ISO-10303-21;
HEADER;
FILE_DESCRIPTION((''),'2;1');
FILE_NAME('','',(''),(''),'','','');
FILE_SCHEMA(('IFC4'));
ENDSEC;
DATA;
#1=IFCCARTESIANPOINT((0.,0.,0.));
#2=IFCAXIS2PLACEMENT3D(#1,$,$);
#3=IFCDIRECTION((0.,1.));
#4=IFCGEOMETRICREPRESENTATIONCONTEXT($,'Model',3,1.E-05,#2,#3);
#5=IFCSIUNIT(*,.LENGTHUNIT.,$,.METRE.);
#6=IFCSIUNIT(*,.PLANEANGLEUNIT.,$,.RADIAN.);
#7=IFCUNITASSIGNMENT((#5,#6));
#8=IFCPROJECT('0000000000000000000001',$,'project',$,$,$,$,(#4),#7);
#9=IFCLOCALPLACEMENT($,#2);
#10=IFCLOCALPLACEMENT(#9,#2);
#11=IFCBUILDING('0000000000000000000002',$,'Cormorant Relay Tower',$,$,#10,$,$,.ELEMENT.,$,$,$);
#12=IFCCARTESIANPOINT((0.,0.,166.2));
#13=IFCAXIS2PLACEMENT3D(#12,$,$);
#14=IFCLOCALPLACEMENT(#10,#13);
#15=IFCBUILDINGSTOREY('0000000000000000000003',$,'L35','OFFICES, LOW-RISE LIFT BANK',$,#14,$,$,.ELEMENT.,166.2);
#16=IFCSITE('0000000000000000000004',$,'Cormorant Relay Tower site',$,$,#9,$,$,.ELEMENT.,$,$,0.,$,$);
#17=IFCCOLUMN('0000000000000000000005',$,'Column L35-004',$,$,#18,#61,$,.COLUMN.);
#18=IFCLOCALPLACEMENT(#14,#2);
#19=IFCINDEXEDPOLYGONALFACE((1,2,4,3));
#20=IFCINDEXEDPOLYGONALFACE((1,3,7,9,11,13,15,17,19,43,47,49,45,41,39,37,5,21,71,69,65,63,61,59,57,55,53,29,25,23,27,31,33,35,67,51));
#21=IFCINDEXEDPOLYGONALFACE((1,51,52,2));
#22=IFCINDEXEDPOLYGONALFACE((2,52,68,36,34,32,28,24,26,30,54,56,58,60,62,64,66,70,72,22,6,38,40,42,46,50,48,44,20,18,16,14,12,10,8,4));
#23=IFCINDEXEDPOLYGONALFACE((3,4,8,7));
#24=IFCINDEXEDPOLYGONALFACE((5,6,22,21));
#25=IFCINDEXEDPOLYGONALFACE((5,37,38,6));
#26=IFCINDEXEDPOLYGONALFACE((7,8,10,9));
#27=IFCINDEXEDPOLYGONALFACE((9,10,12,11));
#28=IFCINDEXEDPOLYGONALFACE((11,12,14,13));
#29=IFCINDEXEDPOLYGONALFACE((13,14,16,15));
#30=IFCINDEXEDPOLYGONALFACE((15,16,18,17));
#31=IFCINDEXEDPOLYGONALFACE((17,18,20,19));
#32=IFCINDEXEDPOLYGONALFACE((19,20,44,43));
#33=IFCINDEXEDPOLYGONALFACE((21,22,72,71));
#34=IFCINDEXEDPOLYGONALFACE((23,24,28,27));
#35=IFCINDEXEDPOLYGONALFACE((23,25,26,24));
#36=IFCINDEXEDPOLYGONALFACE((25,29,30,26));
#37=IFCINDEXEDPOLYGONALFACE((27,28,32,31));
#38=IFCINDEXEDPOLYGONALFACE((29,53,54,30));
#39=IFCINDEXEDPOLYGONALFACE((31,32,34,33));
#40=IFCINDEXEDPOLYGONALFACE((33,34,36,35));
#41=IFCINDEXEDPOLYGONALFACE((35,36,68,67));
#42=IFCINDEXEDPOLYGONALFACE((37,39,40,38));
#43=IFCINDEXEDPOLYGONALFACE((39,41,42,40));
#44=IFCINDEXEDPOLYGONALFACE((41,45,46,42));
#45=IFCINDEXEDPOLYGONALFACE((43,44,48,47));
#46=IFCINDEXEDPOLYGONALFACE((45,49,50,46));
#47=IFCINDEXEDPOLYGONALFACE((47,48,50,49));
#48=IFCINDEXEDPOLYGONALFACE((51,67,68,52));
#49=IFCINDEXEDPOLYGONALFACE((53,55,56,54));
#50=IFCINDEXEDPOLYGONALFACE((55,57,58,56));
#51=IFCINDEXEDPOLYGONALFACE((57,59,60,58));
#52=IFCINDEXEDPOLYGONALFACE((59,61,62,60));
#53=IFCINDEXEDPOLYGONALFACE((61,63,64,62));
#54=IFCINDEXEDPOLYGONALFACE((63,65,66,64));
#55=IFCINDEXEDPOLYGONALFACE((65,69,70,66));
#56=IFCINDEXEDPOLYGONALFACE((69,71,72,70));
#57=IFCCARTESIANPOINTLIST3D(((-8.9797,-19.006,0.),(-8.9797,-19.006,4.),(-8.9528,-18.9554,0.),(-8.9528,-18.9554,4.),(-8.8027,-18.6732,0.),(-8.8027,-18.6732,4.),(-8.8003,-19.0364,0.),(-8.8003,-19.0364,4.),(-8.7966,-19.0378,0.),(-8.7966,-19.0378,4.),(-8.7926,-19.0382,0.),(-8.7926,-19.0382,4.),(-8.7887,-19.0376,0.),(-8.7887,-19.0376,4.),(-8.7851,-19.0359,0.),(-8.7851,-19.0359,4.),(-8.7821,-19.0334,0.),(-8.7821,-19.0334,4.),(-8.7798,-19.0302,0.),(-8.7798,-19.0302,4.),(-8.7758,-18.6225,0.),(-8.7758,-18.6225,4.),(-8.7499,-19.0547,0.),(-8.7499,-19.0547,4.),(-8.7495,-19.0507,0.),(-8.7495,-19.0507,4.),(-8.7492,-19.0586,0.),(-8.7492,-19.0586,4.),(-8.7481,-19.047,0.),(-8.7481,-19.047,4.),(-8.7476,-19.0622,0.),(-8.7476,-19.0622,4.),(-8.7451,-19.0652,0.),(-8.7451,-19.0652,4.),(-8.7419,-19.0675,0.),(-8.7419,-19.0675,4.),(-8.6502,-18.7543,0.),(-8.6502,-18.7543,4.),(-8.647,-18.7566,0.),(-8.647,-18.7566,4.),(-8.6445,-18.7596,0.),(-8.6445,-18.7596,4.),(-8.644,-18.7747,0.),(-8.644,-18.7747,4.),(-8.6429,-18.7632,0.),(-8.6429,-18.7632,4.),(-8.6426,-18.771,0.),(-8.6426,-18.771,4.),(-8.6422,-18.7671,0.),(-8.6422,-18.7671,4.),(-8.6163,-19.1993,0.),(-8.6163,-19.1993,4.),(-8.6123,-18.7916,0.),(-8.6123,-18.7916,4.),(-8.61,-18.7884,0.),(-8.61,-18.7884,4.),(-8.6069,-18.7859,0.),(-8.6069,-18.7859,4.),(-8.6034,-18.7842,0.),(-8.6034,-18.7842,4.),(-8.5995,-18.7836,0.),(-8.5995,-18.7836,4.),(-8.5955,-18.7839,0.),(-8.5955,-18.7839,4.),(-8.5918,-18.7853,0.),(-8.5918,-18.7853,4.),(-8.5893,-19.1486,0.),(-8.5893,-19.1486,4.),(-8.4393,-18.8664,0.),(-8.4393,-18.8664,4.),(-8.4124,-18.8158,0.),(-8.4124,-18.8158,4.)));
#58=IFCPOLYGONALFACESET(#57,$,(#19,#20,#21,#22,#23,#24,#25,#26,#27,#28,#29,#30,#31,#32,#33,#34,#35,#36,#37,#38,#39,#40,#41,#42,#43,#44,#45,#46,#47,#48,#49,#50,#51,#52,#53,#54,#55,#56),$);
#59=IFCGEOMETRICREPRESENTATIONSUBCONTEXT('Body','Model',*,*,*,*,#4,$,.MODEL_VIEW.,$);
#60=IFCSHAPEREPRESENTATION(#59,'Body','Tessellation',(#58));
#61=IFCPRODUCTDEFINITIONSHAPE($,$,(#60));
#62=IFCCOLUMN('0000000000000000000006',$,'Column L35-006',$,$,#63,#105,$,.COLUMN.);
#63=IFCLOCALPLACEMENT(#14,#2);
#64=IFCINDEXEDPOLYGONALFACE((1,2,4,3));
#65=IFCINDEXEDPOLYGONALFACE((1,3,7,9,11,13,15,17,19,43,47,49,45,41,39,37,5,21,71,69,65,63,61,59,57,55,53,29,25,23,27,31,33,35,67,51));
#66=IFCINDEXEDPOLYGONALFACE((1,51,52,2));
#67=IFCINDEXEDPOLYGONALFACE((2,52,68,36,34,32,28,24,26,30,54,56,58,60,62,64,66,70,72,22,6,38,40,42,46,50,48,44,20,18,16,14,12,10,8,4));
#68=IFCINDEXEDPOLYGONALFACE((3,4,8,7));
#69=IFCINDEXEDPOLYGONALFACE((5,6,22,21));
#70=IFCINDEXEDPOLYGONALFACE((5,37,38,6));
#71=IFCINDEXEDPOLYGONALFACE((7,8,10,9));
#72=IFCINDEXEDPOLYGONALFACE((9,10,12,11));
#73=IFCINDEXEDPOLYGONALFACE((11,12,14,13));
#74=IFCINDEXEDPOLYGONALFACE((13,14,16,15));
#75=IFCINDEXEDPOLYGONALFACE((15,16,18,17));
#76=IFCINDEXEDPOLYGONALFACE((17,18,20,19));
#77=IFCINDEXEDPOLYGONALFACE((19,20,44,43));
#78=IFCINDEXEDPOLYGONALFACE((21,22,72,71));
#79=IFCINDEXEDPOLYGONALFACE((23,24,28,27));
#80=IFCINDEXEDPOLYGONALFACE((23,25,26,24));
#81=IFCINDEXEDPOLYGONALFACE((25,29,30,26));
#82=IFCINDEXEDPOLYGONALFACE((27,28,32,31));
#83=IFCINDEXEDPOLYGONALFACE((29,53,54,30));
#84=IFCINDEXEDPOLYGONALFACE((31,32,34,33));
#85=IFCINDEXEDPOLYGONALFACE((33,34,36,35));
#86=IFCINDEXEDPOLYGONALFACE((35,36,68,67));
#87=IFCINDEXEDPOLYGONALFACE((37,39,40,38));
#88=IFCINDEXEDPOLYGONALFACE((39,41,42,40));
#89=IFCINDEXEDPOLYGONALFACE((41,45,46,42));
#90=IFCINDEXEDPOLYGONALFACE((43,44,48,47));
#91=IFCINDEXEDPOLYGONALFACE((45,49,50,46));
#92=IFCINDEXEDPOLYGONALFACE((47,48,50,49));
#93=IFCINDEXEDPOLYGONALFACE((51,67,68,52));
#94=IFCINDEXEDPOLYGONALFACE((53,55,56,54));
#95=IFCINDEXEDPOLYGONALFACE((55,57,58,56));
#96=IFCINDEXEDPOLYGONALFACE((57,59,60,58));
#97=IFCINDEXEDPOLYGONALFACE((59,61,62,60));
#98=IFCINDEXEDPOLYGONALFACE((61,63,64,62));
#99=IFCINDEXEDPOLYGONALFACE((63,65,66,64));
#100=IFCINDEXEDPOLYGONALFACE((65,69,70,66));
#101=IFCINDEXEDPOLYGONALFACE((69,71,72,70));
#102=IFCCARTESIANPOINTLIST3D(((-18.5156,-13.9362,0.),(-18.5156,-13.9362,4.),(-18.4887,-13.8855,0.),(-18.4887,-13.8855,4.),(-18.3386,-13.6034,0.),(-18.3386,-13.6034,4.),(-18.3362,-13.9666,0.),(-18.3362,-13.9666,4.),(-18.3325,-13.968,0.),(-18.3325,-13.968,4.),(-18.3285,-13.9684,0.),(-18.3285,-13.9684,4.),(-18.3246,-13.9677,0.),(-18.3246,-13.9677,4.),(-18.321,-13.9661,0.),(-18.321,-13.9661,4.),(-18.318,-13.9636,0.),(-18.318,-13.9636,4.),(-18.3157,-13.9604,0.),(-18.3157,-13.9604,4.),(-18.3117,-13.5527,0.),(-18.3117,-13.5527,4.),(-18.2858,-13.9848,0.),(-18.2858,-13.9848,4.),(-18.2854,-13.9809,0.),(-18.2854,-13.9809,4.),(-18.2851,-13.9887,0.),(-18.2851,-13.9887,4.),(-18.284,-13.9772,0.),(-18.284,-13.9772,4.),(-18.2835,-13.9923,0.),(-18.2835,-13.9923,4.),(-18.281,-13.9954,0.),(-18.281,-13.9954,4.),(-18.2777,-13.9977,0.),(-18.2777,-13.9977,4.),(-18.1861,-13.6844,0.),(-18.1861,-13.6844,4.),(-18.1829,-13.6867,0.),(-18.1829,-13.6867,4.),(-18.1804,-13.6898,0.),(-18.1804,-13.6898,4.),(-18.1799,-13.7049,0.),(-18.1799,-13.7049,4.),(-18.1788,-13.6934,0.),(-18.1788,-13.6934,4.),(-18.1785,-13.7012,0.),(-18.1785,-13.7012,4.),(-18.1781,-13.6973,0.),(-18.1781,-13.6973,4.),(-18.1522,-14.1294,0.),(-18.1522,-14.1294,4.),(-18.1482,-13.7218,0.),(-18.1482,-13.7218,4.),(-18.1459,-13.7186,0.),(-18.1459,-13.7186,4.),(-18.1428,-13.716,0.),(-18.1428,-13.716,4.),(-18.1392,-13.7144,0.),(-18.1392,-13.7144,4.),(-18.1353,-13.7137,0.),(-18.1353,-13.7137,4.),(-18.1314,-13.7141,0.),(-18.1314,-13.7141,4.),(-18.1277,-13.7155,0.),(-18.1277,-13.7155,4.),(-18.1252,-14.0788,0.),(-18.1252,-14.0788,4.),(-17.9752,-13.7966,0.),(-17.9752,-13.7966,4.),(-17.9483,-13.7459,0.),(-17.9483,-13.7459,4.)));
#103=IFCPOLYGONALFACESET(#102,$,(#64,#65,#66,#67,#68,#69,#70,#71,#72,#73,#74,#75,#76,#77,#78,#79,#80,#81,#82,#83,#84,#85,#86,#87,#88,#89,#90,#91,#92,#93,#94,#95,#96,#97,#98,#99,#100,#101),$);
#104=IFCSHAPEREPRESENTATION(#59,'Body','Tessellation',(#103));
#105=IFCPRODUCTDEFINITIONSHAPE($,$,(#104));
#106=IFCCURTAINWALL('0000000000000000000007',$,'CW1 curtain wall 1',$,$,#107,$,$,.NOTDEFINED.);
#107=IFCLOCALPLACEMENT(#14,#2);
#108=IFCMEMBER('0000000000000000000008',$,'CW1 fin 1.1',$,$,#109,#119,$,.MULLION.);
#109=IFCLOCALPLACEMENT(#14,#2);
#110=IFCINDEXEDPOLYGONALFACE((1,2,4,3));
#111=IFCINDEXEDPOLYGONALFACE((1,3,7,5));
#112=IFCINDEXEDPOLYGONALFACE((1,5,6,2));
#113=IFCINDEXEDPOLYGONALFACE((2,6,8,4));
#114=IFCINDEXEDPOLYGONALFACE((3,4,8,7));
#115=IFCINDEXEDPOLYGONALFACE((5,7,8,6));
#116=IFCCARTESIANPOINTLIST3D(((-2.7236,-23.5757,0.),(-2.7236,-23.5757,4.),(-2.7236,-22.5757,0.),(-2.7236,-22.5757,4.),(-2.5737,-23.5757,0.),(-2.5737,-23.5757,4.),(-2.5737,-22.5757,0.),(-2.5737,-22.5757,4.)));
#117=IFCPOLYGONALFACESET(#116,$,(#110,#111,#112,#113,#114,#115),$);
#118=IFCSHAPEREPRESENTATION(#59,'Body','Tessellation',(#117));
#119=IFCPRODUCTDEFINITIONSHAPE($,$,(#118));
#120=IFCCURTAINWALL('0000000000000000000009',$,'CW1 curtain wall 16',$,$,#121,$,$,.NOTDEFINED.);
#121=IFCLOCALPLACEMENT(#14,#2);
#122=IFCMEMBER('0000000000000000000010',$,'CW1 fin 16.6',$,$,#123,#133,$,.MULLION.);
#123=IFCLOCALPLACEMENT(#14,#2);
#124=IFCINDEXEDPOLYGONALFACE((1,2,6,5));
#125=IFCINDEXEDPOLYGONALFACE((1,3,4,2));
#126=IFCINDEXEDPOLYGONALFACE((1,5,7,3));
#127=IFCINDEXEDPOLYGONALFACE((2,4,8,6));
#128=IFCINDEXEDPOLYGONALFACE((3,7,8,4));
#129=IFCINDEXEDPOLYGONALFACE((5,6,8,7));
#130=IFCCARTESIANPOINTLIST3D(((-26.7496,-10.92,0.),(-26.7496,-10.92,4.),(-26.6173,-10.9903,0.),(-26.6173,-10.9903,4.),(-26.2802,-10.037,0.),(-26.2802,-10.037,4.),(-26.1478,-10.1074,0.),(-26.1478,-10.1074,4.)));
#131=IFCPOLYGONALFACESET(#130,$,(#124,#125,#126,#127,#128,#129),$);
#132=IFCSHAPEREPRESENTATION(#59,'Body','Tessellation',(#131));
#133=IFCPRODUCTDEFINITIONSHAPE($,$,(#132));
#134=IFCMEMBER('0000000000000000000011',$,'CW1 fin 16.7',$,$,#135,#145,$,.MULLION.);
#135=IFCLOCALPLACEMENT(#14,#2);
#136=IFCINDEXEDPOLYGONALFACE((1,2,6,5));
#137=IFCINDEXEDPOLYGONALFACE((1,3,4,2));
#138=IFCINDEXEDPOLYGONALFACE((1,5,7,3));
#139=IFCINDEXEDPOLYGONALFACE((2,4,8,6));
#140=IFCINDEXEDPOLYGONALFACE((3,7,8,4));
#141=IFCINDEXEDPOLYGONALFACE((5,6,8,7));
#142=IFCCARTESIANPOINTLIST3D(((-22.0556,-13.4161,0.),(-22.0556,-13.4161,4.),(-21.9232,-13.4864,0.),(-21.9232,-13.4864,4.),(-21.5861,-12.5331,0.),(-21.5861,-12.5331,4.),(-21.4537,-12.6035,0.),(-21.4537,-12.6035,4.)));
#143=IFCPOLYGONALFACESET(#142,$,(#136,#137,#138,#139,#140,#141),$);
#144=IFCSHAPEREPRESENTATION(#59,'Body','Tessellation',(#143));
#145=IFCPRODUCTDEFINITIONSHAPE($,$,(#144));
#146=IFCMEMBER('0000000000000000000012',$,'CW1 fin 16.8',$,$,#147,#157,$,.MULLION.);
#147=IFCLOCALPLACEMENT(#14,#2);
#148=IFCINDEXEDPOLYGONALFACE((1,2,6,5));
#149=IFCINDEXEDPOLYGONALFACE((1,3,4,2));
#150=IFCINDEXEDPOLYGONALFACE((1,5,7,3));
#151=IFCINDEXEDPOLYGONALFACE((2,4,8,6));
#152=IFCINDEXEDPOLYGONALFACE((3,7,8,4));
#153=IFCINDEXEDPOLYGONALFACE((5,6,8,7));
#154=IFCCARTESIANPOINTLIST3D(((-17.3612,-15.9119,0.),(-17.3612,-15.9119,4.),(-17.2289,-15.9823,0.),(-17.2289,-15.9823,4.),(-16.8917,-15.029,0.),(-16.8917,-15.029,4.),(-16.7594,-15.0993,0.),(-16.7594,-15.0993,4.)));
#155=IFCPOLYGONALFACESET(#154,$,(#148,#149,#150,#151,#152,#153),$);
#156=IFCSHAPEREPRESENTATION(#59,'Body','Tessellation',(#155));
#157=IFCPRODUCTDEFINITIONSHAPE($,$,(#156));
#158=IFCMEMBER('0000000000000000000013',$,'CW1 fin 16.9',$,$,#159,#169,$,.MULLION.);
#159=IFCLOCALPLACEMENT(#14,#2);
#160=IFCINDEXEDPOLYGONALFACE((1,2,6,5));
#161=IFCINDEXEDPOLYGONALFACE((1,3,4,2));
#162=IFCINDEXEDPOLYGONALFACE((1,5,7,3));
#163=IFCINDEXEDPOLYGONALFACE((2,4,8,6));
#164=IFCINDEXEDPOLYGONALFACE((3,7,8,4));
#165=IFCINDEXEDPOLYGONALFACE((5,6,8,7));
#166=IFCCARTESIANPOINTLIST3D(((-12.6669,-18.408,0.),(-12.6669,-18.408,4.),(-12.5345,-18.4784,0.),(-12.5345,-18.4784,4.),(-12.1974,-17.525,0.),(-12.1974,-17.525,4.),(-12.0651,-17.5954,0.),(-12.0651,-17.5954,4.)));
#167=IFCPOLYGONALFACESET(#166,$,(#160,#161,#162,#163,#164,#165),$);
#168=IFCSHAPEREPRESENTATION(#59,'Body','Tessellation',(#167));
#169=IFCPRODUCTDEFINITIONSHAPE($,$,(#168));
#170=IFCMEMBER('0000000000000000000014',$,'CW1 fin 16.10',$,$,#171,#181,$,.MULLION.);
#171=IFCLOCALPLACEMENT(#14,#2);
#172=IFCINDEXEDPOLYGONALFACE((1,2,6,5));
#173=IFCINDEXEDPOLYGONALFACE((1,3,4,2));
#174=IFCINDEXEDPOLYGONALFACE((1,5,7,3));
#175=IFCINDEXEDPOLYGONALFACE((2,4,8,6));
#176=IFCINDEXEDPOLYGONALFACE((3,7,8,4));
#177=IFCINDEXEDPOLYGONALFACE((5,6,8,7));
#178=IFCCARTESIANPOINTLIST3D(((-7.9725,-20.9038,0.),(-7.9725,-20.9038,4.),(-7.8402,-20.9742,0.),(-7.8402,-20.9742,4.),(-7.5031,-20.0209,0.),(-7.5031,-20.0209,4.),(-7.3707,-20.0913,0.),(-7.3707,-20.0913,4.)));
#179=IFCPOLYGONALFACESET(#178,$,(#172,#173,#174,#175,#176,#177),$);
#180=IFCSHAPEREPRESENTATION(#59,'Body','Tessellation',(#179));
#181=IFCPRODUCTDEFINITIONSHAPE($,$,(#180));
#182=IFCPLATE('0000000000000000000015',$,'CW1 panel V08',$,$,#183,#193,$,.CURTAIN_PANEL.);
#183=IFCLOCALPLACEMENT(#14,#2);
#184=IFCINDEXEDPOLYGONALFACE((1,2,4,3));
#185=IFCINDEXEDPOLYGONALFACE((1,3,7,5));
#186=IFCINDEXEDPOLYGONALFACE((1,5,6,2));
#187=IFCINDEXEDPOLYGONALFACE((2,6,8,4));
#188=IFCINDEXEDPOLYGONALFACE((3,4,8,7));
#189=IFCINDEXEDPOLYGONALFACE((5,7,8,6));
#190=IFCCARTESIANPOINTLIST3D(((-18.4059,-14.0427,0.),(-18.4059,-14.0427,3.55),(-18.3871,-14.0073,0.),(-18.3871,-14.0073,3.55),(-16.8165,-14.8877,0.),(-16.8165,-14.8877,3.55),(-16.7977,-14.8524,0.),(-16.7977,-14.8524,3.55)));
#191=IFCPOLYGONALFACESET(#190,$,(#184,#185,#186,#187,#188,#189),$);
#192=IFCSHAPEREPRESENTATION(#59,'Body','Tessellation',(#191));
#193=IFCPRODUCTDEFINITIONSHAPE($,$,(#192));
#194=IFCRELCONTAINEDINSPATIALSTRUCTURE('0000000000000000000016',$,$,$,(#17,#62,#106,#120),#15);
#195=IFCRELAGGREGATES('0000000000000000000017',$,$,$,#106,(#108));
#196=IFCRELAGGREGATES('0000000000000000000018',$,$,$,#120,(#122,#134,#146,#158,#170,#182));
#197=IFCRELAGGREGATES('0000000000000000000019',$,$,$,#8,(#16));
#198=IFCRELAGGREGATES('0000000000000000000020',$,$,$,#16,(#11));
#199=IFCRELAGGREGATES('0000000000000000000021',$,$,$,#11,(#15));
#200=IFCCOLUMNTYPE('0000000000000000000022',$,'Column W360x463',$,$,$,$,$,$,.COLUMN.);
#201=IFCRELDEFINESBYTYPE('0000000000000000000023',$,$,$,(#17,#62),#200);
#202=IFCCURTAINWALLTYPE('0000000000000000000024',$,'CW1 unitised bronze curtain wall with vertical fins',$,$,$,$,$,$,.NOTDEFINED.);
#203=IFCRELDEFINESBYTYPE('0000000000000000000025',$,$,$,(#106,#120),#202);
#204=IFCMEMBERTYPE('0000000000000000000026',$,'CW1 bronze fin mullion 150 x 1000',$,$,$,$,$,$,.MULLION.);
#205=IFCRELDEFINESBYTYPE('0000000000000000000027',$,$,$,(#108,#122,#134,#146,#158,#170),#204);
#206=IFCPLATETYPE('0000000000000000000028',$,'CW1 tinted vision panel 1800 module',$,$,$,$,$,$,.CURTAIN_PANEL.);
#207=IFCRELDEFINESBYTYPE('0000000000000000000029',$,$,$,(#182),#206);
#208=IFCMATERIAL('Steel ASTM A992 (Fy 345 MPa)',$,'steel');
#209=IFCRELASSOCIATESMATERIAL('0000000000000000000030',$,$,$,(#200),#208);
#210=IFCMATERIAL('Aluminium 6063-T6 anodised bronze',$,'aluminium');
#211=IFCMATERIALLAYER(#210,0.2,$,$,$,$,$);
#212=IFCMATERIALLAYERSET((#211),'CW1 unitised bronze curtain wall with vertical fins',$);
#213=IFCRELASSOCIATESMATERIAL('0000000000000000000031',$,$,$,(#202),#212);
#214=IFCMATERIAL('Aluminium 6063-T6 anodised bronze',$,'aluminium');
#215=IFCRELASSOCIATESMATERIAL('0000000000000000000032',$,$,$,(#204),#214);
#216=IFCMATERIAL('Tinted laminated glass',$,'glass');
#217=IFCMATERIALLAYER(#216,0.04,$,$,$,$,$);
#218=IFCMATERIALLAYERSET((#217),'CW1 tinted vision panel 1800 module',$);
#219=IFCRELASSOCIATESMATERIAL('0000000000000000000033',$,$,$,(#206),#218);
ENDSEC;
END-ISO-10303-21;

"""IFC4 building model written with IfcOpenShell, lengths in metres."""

from ifc_helpers import new_model, si_unit, direction, frame, origin, origin_2d, place, context, subcontext, project, spatial, rectangle, i_section, extrude, material, layer, layer_set, material_profile, profile_set, type_object, element, aggregate, save


model = new_model("IFC4")

# Units and contexts
model_context = context("Model", 3, precision=1e-05, world=origin(), true_north=direction((0.0, 1.0)))
body_context = subcontext(model_context, "Body", "Model", "MODEL_VIEW")
ifc_project = project(units=[si_unit("LENGTHUNIT", "METRE"), si_unit("PLANEANGLEUNIT", "RADIAN")], contexts=[model_context])

# Site, building, storey
site_placement = place(None, origin())
site = spatial("IfcSite", under=ifc_project, at=site_placement, Name="Cormorant Relay Tower site", CompositionType="ELEMENT", RefElevation=0.0)
building_placement = place(site_placement, origin())
building = spatial("IfcBuilding", under=site, at=building_placement, Name="Cormorant Relay Tower", CompositionType="ELEMENT")
storey_placement = place(building_placement, frame((0.0, 0.0, 166.2)))
storey = spatial("IfcBuildingStorey", under=building, at=storey_placement, Name="L35", Description="OFFICES, LOW-RISE LIFT BANK", CompositionType="ELEMENT", Elevation=166.2)

# Columns
ifc_material_1 = material(Name="Steel ASTM A992 (Fy 345 MPa)", Category="steel")
ifc_material_profile_1 = material_profile(ifc_material_1, i_section(OverallWidth=0.4116, OverallDepth=0.4343, WebThickness=0.0359, FlangeThickness=0.0574, FilletRadius=0.0151, at=origin_2d()), Name="W360x463")
ifc_profile_set_1 = profile_set([ifc_material_profile_1], Name="Steel ASTM A992 (Fy 345 MPa)")
column_type = type_object("IfcColumnType", Name="Column W360x463", PredefinedType="COLUMN", material=ifc_profile_set_1)
for number, where, z_axis, x_axis, name in (
    (1, (-8.696, -18.9109, 0.0), (0.0, 0.0, 1.0), (0.882948, -0.469472, 0.0), "Column L35-004"),
    (2, (-18.2319, -13.8411, 0.0), (0.0, 0.0, 1.0), (0.882948, -0.469472, 0.0), "Column L35-006"),
):
    element("IfcColumn", number, at=place(storey_placement, frame(where, z_axis=z_axis, x_axis=x_axis)), inside=storey, type_object=column_type, Name=name, PredefinedType="COLUMN", context=body_context, shape_type="SweptSolid", body=[
        extrude(i_section(OverallWidth=0.4116, OverallDepth=0.4343, WebThickness=0.0359, FlangeThickness=0.0574, FilletRadius=0.0151, at=origin_2d()), origin(), (0.0, 0.0, 1.0), 4.0),
    ])

# Curtain wall, member
ifc_material_2 = material(Name="Aluminium 6063-T6 anodised bronze", Category="aluminium")
ifc_layer_1 = layer(ifc_material_2, 0.2)
ifc_layer_set_1 = layer_set([ifc_layer_1], Name="CW1 unitised bronze curtain wall with vertical fins")
curtain_wall_type = type_object("IfcCurtainWallType", Name="CW1 unitised bronze curtain wall with vertical fins", PredefinedType="NOTDEFINED", material=ifc_layer_set_1)
curtain_wall_1_placement = place(storey_placement, origin())
curtain_wall_1 = element("IfcCurtainWall", 3, at=curtain_wall_1_placement, inside=storey, type_object=curtain_wall_type, Name="CW1 curtain wall 1", PredefinedType="NOTDEFINED")
ifc_material_3 = material(Name="Aluminium 6063-T6 anodised bronze", Category="aluminium")
ifc_material_profile_2 = material_profile(ifc_material_3, rectangle(XDim=0.1499, YDim=1.0, at=origin_2d()), Name="AL 150x1000")
ifc_profile_set_2 = profile_set([ifc_material_profile_2], Name="Aluminium 6063-T6 anodised bronze")
member_type = type_object("IfcMemberType", Name="CW1 bronze fin mullion 150 x 1000", PredefinedType="MULLION", material=ifc_profile_set_2)
member_1_placement = place(storey_placement, frame((-2.6487, -23.0757, 0.0), z_axis=(0.0, 0.0, 1.0), x_axis=(1.0, 0.0, 0.0)))
member_1 = element("IfcMember", 4, at=member_1_placement, type_object=member_type, Name="CW1 fin 1.1", PredefinedType="MULLION", context=body_context, shape_type="SweptSolid", body=[
    extrude(rectangle(XDim=0.1499, YDim=1.0, at=origin_2d()), origin(), (0.0, 0.0, 1.0), 4.0),
])
aggregate(curtain_wall_1, [member_1])

# Curtain wall, members, plate
curtain_wall_2_placement = place(storey_placement, origin())
curtain_wall_2 = element("IfcCurtainWall", 5, at=curtain_wall_2_placement, inside=storey, type_object=curtain_wall_type, Name="CW1 curtain wall 16", PredefinedType="NOTDEFINED")
member_2_placement = place(storey_placement, frame((-26.4487, -10.5137, 0.0), z_axis=(0.0, 0.0, 1.0), x_axis=(0.882948, -0.469472, 0.0)))
member_2 = element("IfcMember", 6, at=member_2_placement, type_object=member_type, Name="CW1 fin 16.6", PredefinedType="MULLION", context=body_context, shape_type="SweptSolid", body=[
    extrude(rectangle(XDim=0.1499, YDim=1.0, at=origin_2d()), origin(), (0.0, 0.0, 1.0), 4.0),
])
member_3_placement = place(storey_placement, frame((-21.7546, -13.0098, 0.0), z_axis=(0.0, 0.0, 1.0), x_axis=(0.882948, -0.469472, 0.0)))
member_3 = element("IfcMember", 7, at=member_3_placement, type_object=member_type, Name="CW1 fin 16.7", PredefinedType="MULLION", context=body_context, shape_type="SweptSolid", body=[
    extrude(rectangle(XDim=0.1499, YDim=1.0, at=origin_2d()), origin(), (0.0, 0.0, 1.0), 4.0),
])
member_4_placement = place(storey_placement, frame((-17.0603, -15.5056, 0.0), z_axis=(0.0, 0.0, 1.0), x_axis=(0.882948, -0.469472, 0.0)))
member_4 = element("IfcMember", 8, at=member_4_placement, type_object=member_type, Name="CW1 fin 16.8", PredefinedType="MULLION", context=body_context, shape_type="SweptSolid", body=[
    extrude(rectangle(XDim=0.1499, YDim=1.0, at=origin_2d()), origin(), (0.0, 0.0, 1.0), 4.0),
])
member_5_placement = place(storey_placement, frame((-12.366, -18.0017, 0.0), z_axis=(0.0, 0.0, 1.0), x_axis=(0.882948, -0.469472, 0.0)))
member_5 = element("IfcMember", 9, at=member_5_placement, type_object=member_type, Name="CW1 fin 16.9", PredefinedType="MULLION", context=body_context, shape_type="SweptSolid", body=[
    extrude(rectangle(XDim=0.1499, YDim=1.0, at=origin_2d()), origin(), (0.0, 0.0, 1.0), 4.0),
])
member_6_placement = place(storey_placement, frame((-7.6716, -20.4976, 0.0), z_axis=(0.0, 0.0, 1.0), x_axis=(0.882948, -0.469472, 0.0)))
member_6 = element("IfcMember", 10, at=member_6_placement, type_object=member_type, Name="CW1 fin 16.10", PredefinedType="MULLION", context=body_context, shape_type="SweptSolid", body=[
    extrude(rectangle(XDim=0.1499, YDim=1.0, at=origin_2d()), origin(), (0.0, 0.0, 1.0), 4.0),
])
ifc_material_4 = material(Name="Tinted laminated glass", Category="glass")
ifc_layer_2 = layer(ifc_material_4, 0.04)
ifc_layer_set_2 = layer_set([ifc_layer_2], Name="CW1 tinted vision panel 1800 module")
plate_type_1 = type_object("IfcPlateType", Name="CW1 tinted vision panel 1800 module", PredefinedType="CURTAIN_PANEL", material=ifc_layer_set_2)
plate_1_placement = place(storey_placement, frame((-17.6018, -14.4475, 0.0), z_axis=(0.0, 0.0, 1.0), x_axis=(0.882948, -0.469472, 0.0)))
plate_1 = element("IfcPlate", 11, at=plate_1_placement, type_object=plate_type_1, Name="CW1 panel V08", PredefinedType="CURTAIN_PANEL", context=body_context, shape_type="SweptSolid", body=[
    extrude(rectangle(XDim=1.8, YDim=0.04, at=origin_2d()), origin(), (0.0, 0.0, 1.0), 3.55),
])

aggregate(curtain_wall_2, [member_2, member_3, member_4, member_5, member_6, plate_1])

save(model, "model.ifc")
